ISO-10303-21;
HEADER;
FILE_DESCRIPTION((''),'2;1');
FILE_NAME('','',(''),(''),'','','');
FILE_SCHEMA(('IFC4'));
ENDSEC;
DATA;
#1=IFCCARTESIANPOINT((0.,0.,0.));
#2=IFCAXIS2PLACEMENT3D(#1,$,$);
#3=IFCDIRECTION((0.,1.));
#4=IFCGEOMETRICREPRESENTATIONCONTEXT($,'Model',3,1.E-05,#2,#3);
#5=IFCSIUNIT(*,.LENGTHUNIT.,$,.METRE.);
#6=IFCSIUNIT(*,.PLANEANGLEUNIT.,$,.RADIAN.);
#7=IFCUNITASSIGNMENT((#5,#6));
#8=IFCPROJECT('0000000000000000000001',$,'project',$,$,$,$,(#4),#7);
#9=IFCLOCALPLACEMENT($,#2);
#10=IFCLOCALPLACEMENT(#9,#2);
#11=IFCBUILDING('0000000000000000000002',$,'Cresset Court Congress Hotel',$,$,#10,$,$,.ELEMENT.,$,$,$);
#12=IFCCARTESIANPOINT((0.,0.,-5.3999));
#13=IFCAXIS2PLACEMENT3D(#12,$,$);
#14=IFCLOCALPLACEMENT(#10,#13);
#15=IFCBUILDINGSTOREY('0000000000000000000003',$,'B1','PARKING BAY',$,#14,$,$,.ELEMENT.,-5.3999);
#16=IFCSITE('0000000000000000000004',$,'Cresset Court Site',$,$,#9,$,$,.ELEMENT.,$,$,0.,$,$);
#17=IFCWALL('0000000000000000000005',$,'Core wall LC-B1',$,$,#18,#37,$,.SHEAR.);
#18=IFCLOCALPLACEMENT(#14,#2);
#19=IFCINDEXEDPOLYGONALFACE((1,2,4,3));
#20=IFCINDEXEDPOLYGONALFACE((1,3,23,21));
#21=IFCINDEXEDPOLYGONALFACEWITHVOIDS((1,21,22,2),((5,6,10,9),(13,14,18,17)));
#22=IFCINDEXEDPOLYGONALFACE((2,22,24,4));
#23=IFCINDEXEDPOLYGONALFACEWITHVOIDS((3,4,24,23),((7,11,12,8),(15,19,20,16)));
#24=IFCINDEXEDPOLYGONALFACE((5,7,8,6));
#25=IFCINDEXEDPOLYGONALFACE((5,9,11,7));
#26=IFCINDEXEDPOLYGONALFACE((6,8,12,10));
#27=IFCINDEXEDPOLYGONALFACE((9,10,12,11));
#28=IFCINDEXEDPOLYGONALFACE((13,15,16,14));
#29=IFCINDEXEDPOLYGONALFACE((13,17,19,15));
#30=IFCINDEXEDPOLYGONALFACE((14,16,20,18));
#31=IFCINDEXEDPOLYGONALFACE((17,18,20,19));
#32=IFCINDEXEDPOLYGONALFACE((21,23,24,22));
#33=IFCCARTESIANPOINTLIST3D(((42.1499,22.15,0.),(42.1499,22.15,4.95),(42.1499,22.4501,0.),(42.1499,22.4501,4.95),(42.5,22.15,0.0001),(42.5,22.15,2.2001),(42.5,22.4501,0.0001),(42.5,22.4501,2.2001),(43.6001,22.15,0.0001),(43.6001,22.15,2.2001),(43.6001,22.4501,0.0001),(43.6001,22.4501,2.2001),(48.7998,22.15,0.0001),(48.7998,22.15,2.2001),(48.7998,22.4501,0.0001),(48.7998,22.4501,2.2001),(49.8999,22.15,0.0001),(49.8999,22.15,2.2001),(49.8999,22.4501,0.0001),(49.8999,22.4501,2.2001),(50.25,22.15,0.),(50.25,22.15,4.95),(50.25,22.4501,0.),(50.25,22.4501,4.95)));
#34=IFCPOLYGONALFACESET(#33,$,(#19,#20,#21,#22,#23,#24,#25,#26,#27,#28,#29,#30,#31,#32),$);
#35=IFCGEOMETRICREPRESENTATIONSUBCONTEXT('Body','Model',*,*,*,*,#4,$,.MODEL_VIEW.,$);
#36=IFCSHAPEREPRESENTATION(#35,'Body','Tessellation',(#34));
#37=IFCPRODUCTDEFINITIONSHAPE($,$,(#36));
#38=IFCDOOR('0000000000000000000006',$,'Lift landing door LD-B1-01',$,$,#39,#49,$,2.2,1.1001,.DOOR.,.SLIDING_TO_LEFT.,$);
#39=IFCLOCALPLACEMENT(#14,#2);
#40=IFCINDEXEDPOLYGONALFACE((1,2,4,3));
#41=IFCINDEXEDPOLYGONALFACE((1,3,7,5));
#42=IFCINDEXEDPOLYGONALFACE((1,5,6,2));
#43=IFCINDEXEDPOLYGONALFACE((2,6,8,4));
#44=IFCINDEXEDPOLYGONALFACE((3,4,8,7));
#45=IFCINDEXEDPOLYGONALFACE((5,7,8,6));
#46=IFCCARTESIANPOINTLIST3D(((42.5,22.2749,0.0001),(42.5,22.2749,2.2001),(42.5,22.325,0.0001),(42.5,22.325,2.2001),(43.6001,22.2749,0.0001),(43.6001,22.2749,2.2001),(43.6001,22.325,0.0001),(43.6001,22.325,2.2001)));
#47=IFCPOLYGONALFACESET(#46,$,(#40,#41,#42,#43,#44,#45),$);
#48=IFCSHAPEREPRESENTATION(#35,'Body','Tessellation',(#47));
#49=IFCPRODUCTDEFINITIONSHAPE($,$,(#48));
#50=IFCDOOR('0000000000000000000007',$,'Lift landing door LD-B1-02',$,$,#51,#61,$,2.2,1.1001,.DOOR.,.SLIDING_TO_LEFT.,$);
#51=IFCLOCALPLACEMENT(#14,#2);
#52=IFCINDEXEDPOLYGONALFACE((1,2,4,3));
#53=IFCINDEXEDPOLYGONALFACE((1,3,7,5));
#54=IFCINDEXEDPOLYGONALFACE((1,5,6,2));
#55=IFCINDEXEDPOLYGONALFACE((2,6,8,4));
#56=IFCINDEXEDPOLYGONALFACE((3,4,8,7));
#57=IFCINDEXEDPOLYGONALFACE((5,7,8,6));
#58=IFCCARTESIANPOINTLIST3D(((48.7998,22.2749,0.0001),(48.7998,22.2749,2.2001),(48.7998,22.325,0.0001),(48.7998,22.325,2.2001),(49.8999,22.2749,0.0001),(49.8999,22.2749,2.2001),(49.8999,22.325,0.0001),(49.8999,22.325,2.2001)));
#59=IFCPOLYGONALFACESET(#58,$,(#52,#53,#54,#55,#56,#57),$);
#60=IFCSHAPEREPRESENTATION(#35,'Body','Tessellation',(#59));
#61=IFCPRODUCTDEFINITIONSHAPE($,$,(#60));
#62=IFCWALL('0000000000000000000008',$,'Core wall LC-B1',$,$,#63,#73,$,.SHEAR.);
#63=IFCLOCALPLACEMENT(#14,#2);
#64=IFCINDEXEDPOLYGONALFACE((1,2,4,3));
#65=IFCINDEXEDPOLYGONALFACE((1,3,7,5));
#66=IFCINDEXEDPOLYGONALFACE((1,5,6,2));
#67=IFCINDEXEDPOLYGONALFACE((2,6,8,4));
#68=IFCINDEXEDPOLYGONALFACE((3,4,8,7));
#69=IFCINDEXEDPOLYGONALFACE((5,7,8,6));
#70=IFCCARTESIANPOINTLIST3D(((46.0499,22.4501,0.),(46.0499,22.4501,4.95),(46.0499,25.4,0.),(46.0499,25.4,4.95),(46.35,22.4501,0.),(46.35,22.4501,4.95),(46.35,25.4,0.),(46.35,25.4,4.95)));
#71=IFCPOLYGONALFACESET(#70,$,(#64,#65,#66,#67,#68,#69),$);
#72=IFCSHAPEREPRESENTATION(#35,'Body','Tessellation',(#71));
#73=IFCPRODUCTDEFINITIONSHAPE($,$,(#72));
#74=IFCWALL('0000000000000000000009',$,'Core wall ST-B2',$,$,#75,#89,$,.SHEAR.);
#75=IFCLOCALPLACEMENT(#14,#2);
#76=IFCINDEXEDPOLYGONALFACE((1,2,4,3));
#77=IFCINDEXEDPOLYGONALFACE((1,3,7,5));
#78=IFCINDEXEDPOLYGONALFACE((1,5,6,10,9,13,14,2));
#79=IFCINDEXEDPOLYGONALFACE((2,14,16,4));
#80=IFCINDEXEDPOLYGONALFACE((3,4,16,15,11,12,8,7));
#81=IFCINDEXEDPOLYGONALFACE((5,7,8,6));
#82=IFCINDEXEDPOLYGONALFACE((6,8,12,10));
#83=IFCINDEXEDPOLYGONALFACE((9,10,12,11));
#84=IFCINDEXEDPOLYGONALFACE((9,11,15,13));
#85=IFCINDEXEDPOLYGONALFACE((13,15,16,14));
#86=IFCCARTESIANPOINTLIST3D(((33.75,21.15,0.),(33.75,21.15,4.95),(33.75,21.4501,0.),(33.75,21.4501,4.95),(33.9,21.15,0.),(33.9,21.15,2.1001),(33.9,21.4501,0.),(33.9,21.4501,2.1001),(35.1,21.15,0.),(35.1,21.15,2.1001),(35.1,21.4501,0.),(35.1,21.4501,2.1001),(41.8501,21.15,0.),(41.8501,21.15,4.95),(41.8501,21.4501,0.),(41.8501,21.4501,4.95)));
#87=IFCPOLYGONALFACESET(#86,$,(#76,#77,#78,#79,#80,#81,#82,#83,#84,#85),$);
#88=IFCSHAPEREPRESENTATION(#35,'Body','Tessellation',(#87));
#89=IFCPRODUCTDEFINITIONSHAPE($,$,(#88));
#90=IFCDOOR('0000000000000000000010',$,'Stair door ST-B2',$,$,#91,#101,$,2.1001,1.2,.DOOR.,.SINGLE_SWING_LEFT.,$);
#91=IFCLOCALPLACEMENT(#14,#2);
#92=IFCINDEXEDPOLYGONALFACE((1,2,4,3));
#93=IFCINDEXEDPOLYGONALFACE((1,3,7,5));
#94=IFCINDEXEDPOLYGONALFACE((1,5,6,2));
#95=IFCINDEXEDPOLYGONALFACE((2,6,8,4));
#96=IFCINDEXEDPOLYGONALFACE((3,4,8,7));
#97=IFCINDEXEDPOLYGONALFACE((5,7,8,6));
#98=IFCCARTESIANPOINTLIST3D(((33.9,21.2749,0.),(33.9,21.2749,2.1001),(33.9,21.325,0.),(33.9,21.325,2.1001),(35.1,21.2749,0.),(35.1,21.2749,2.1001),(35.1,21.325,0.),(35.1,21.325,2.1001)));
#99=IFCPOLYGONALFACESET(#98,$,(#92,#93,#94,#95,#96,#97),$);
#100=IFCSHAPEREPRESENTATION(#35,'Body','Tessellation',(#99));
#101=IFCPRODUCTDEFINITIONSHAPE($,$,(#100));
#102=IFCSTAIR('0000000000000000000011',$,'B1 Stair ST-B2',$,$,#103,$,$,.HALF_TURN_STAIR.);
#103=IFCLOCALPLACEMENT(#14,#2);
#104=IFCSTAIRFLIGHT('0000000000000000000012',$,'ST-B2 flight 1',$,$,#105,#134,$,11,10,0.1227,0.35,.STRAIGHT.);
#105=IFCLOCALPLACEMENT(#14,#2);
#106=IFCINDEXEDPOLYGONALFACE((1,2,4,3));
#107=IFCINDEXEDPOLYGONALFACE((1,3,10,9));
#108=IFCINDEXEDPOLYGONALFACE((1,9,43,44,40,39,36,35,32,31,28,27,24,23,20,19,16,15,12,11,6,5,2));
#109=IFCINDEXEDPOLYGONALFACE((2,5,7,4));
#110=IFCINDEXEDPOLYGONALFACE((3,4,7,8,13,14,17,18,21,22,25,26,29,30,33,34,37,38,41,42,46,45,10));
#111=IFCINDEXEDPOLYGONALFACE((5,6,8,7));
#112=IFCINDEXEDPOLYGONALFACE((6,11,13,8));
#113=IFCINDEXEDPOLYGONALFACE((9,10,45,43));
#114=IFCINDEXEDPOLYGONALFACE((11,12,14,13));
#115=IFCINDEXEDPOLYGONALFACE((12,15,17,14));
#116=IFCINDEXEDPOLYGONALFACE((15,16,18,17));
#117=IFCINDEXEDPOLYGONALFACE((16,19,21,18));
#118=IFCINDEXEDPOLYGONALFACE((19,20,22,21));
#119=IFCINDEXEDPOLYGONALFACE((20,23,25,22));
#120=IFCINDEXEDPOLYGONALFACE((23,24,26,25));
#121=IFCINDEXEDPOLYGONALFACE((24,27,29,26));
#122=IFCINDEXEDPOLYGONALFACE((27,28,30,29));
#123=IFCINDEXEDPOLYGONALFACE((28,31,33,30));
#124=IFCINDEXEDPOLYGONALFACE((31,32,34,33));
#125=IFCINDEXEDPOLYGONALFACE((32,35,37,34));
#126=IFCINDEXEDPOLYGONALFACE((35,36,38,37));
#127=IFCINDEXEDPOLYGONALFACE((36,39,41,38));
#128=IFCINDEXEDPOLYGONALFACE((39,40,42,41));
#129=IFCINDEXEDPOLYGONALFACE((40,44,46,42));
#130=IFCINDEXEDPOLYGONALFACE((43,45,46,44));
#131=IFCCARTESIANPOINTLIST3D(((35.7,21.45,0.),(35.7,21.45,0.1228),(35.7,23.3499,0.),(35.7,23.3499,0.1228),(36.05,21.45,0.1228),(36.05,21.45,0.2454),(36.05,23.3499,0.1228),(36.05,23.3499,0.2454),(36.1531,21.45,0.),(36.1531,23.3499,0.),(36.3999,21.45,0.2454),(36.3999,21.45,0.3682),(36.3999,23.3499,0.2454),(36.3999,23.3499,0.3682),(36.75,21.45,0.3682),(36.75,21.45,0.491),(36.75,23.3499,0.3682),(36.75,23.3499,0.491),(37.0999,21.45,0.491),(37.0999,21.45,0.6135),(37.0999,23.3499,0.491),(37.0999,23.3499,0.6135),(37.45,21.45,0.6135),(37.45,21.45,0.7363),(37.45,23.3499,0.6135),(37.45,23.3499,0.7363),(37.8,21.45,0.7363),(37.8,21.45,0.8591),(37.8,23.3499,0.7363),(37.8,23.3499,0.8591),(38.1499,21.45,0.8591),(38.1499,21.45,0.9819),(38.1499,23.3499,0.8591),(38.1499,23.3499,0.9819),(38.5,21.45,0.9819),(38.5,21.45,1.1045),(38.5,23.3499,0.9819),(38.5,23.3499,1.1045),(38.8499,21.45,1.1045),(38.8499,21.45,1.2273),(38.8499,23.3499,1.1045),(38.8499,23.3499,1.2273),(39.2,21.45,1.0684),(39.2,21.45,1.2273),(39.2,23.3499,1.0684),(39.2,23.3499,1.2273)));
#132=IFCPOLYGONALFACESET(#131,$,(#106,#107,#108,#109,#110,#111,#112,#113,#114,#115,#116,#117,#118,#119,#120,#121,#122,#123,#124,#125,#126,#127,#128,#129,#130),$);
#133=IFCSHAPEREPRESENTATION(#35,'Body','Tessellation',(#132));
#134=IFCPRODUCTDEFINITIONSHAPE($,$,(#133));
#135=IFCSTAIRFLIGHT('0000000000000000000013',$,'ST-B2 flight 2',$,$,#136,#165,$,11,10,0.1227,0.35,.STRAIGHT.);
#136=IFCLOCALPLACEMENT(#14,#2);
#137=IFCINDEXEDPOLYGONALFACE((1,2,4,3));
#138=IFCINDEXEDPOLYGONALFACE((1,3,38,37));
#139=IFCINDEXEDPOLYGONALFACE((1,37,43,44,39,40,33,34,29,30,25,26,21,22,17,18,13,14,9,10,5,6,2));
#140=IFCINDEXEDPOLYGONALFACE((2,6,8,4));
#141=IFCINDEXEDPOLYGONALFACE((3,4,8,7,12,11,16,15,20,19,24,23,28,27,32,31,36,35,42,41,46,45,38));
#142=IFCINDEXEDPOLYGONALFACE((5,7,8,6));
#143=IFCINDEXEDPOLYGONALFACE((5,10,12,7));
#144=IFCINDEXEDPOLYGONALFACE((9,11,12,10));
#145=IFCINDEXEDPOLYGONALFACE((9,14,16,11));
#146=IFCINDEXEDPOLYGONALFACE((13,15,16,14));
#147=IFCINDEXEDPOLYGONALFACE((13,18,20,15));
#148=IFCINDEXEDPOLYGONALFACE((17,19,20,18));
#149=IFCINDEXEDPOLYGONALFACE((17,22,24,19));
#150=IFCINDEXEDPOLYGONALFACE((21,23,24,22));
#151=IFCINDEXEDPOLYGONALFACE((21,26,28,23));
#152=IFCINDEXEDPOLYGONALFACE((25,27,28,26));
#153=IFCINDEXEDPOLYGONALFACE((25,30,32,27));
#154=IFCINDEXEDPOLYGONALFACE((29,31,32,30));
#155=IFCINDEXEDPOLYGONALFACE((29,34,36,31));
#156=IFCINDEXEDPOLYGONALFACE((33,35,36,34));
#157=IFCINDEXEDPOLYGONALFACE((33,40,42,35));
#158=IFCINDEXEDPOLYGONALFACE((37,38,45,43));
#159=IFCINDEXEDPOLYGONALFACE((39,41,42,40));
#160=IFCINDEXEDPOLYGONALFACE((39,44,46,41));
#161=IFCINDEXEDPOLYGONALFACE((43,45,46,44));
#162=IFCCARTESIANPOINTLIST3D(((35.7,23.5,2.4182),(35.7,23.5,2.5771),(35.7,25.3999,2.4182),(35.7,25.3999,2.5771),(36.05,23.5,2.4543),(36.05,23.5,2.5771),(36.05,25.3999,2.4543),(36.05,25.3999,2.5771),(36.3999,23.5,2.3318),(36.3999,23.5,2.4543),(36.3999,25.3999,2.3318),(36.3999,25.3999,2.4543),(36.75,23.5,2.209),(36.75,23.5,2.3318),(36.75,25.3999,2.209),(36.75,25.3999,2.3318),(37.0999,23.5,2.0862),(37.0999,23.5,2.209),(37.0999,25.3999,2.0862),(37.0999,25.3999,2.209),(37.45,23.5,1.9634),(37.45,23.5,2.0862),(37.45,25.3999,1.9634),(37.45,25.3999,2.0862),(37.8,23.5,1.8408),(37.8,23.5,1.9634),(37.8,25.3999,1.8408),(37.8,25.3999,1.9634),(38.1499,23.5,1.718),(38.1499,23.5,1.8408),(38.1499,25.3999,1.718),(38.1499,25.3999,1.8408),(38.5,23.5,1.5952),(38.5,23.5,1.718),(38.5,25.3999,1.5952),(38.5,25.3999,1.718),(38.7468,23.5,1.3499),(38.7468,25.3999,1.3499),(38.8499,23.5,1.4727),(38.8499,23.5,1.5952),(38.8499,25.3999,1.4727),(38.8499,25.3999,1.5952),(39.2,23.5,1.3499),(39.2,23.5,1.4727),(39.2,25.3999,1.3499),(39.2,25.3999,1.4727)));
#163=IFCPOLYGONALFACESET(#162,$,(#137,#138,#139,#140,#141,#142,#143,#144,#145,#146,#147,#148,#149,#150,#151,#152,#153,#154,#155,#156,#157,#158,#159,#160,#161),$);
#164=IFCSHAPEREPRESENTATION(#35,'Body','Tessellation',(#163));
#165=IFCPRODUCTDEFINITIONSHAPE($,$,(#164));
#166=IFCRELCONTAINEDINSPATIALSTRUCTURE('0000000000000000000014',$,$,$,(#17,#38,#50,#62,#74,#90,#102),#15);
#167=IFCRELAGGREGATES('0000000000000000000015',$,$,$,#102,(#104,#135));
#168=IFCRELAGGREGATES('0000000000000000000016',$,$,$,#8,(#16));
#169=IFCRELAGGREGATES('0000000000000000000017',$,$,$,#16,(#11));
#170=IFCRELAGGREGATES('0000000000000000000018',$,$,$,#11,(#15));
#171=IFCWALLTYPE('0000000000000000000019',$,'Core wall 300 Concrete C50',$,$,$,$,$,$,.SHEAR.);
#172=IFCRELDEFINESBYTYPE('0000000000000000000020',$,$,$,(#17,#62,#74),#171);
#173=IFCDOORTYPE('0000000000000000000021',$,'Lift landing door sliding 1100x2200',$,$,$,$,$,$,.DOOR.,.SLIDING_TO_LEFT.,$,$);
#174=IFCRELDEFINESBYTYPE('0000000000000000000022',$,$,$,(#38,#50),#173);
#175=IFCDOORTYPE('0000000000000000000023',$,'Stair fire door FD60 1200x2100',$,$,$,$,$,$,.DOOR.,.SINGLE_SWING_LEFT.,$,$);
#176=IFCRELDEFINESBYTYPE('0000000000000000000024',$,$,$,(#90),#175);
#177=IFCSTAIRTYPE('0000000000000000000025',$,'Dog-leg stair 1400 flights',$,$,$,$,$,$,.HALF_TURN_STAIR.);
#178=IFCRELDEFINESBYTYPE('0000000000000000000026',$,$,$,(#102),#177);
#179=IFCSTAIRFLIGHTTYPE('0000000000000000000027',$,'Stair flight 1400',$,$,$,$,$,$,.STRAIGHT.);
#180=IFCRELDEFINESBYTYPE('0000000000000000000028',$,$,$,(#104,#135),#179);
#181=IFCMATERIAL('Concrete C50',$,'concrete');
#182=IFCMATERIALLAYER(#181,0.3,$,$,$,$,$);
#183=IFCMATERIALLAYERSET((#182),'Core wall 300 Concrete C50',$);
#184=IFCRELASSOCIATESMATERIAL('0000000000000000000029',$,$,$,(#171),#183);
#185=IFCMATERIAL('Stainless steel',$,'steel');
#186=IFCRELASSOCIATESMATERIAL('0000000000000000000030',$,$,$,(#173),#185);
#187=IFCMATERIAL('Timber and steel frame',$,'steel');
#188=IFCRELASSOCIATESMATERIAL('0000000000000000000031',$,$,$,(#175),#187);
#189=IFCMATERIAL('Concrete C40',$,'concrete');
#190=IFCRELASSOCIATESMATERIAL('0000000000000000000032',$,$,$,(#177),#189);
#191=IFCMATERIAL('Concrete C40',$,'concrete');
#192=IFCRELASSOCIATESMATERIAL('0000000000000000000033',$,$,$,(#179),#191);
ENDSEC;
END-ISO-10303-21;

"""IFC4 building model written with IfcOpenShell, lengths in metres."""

from ifc_helpers import new_model, si_unit, direction, frame, frame_2d, origin, place, context, subcontext, project, spatial, polyline, rectangle, outline, extrude, material, layer, layer_set, type_object, element, fill, aggregate, save


model = new_model("IFC4")

# Units and contexts
model_context = context("Model", 3, precision=1e-05, world=origin(), true_north=direction((0.0, 1.0)))
body_context = subcontext(model_context, "Body", "Model", "MODEL_VIEW")
ifc_project = project(units=[si_unit("LENGTHUNIT", "METRE"), si_unit("PLANEANGLEUNIT", "RADIAN")], contexts=[model_context])

# Site, building, storey
site_placement = place(None, origin())
site = spatial("IfcSite", under=ifc_project, at=site_placement, Name="Cresset Court Site", CompositionType="ELEMENT", RefElevation=0.0)
building_placement = place(site_placement, origin())
building = spatial("IfcBuilding", under=site, at=building_placement, Name="Cresset Court Congress Hotel", CompositionType="ELEMENT")
storey_placement = place(building_placement, frame((0.0, 0.0, -5.3999)))
storey = spatial("IfcBuildingStorey", under=building, at=storey_placement, Name="B1", Description="PARKING BAY", CompositionType="ELEMENT", Elevation=-5.3999)

# Wall, openings, doors
ifc_material_1 = material(Name="Concrete C50", Category="concrete")
ifc_layer = layer(ifc_material_1, 0.3)
ifc_layer_set = layer_set([ifc_layer], Name="Core wall 300 Concrete C50")
wall_type = type_object("IfcWallType", Name="Core wall 300 Concrete C50", PredefinedType="SHEAR", material=ifc_layer_set)
wall_1_placement = place(storey_placement, frame((42.1499, 22.3, 0.0), z_axis=(0.0, 0.0, 1.0), x_axis=(1.0, 0.0, 0.0)))
wall_1 = element("IfcWall", 1, at=wall_1_placement, inside=storey, type_object=wall_type, Name="Core wall LC-B1", PredefinedType="SHEAR", context=body_context, shape_type="SweptSolid", body=[
    extrude(rectangle(XDim=8.1001, YDim=0.3, at=frame_2d((4.05, 0.0))), origin(), (0.0, 0.0, 1.0), 4.95),
])
opening_1_placement = place(wall_1_placement, frame((0.3501, 0.0, 0.0)))
opening_1 = element("IfcOpeningElement", 2, at=opening_1_placement, cuts=wall_1, PredefinedType="OPENING", context=body_context, shape_type="SweptSolid", body=[
    extrude(rectangle(XDim=1.1001, YDim=2.2, at=frame_2d((0.55, 1.1001))), frame((0.0, 0.1599, 0.0), z_axis=(0.0, -1.0, 0.0), x_axis=(1.0, 0.0, 0.0)), (0.0, 0.0, 1.0), 0.3201),
])
opening_2_placement = place(wall_1_placement, frame((6.6499, 0.0, 0.0)))
opening_2 = element("IfcOpeningElement", 3, at=opening_2_placement, cuts=wall_1, PredefinedType="OPENING", context=body_context, shape_type="SweptSolid", body=[
    extrude(rectangle(XDim=1.1001, YDim=2.2, at=frame_2d((0.55, 1.1001))), frame((0.0, 0.1599, 0.0), z_axis=(0.0, -1.0, 0.0), x_axis=(1.0, 0.0, 0.0)), (0.0, 0.0, 1.0), 0.3201),
])
ifc_material_2 = material(Name="Stainless steel", Category="steel")
door_type_1 = type_object("IfcDoorType", Name="Lift landing door sliding 1100x2200", OperationType="SLIDING_TO_LEFT", PredefinedType="DOOR", material=ifc_material_2)
door_1_placement = place(opening_1_placement, origin())
door_1 = element("IfcDoor", 4, at=door_1_placement, inside=storey, type_object=door_type_1, Name="Lift landing door LD-B1-01", OperationType="SLIDING_TO_LEFT", OverallHeight=2.2, OverallWidth=1.1001, PredefinedType="DOOR", context=body_context, shape_type="SweptSolid", body=[
    extrude(rectangle(XDim=1.1001, YDim=2.2, at=frame_2d((0.55, 1.1001))), frame((0.0, 0.0249, 0.0), z_axis=(0.0, -1.0, 0.0), x_axis=(1.0, 0.0, 0.0)), (0.0, 0.0, 1.0), 0.05),
])
fill(opening_1, door_1)
door_2_placement = place(opening_2_placement, origin())
door_2 = element("IfcDoor", 5, at=door_2_placement, inside=storey, type_object=door_type_1, Name="Lift landing door LD-B1-02", OperationType="SLIDING_TO_LEFT", OverallHeight=2.2, OverallWidth=1.1001, PredefinedType="DOOR", context=body_context, shape_type="SweptSolid", body=[
    extrude(rectangle(XDim=1.1001, YDim=2.2, at=frame_2d((0.55, 1.1001))), frame((0.0, 0.0249, 0.0), z_axis=(0.0, -1.0, 0.0), x_axis=(1.0, 0.0, 0.0)), (0.0, 0.0, 1.0), 0.05),
])
fill(opening_2, door_2)

# Wall
wall_2_placement = place(storey_placement, frame((46.2, 22.45, 0.0), z_axis=(0.0, 0.0, 1.0), x_axis=(0.0, 1.0, 0.0)))
element("IfcWall", 6, at=wall_2_placement, inside=storey, type_object=wall_type, Name="Core wall LC-B1", PredefinedType="SHEAR", context=body_context, shape_type="SweptSolid", body=[
    extrude(rectangle(XDim=2.95, YDim=0.3, at=frame_2d((1.4751, 0.0))), origin(), (0.0, 0.0, 1.0), 4.95),
])

# Wall, opening, door
wall_3_placement = place(storey_placement, frame((33.75, 21.3, 0.0), z_axis=(0.0, 0.0, 1.0), x_axis=(1.0, 0.0, 0.0)))
wall_3 = element("IfcWall", 7, at=wall_3_placement, inside=storey, type_object=wall_type, Name="Core wall ST-B2", PredefinedType="SHEAR", context=body_context, shape_type="SweptSolid", body=[
    extrude(rectangle(XDim=8.1001, YDim=0.3, at=frame_2d((4.05, 0.0))), origin(), (0.0, 0.0, 1.0), 4.95),
])
opening_3_placement = place(wall_3_placement, frame((0.1499, 0.0, 0.0)))
opening_3 = element("IfcOpeningElement", 8, at=opening_3_placement, cuts=wall_3, PredefinedType="OPENING", context=body_context, shape_type="SweptSolid", body=[
    extrude(rectangle(XDim=1.2, YDim=2.1001, at=frame_2d((0.6001, 1.05))), frame((0.0, 0.1599, 0.0), z_axis=(0.0, -1.0, 0.0), x_axis=(1.0, 0.0, 0.0)), (0.0, 0.0, 1.0), 0.3201),
])
ifc_material_3 = material(Name="Timber and steel frame", Category="steel")
door_type_2 = type_object("IfcDoorType", Name="Stair fire door FD60 1200x2100", OperationType="SINGLE_SWING_LEFT", PredefinedType="DOOR", material=ifc_material_3)
door_3_placement = place(opening_3_placement, origin())
door_3 = element("IfcDoor", 9, at=door_3_placement, inside=storey, type_object=door_type_2, Name="Stair door ST-B2", OperationType="SINGLE_SWING_LEFT", OverallHeight=2.1001, OverallWidth=1.2, PredefinedType="DOOR", context=body_context, shape_type="SweptSolid", body=[
    extrude(rectangle(XDim=1.2, YDim=2.1001, at=frame_2d((0.6001, 1.05))), frame((0.0, 0.0249, 0.0), z_axis=(0.0, -1.0, 0.0), x_axis=(1.0, 0.0, 0.0)), (0.0, 0.0, 1.0), 0.05),
])
fill(opening_3, door_3)

# Stair, stair flights
ifc_material_4 = material(Name="Concrete C40", Category="concrete")
stair_type = type_object("IfcStairType", Name="Dog-leg stair 1400 flights", PredefinedType="HALF_TURN_STAIR", material=ifc_material_4)
stair_placement = place(storey_placement, origin())
stair = element("IfcStair", 10, at=stair_placement, inside=storey, type_object=stair_type, Name="B1 Stair ST-B2", PredefinedType="HALF_TURN_STAIR")
ifc_material_5 = material(Name="Concrete C40", Category="concrete")
stair_flight_type = type_object("IfcStairFlightType", Name="Stair flight 1400", PredefinedType="STRAIGHT", material=ifc_material_5)
stair_flight_1_placement = place(storey_placement, frame((35.7, 22.3999, 0.0), z_axis=(0.0, 0.0, 1.0), x_axis=(1.0, 0.0, 0.0)))
stair_flight_1 = element("IfcStairFlight", 11, at=stair_flight_1_placement, type_object=stair_flight_type, Name="ST-B2 flight 1", NumberOfRisers=11, NumberOfTreads=10, PredefinedType="STRAIGHT", RiserHeight=0.1227, TreadLength=0.35, context=body_context, shape_type="SweptSolid", body=[
    extrude(outline(polyline([(0.0, 0.0), (0.0, 0.1228), (0.3501, 0.1228), (0.3501, 0.2454), (0.7, 0.2454), (0.7, 0.3682), (1.05, 0.3682), (1.05, 0.491), (1.3999, 0.491), (1.3999, 0.6135), (1.75, 0.6135), (1.75, 0.7363), (2.1001, 0.7363), (2.1001, 0.8591), (2.45, 0.8591), (2.45, 0.9819), (2.8, 0.9819), (2.8, 1.1045), (3.1499, 1.1045), (3.1499, 1.2273), (3.5, 1.2273), (3.5, 1.3501), (3.5, 1.0684), (0.4531, 0.0), (0.0, 0.0)])), frame((0.0, 0.95, 0.0), z_axis=(0.0, -1.0, 0.0), x_axis=(1.0, 0.0, 0.0)), (0.0, 0.0, 1.0), 1.8999),
])
stair_flight_2_placement = place(storey_placement, frame((39.2, 24.45, 1.3499), z_axis=(0.0, 0.0, 1.0), x_axis=(-1.0, 0.0, 0.0)))
stair_flight_2 = element("IfcStairFlight", 12, at=stair_flight_2_placement, type_object=stair_flight_type, Name="ST-B2 flight 2", NumberOfRisers=11, NumberOfTreads=10, PredefinedType="STRAIGHT", RiserHeight=0.1227, TreadLength=0.35, context=body_context, shape_type="SweptSolid", body=[
    extrude(outline(polyline([(0.0, 0.0), (0.0, 0.1228), (0.3501, 0.1228), (0.3501, 0.2454), (0.7, 0.2454), (0.7, 0.3682), (1.05, 0.3682), (1.05, 0.491), (1.3999, 0.491), (1.3999, 0.6135), (1.75, 0.6135), (1.75, 0.7363), (2.1001, 0.7363), (2.1001, 0.8591), (2.45, 0.8591), (2.45, 0.9819), (2.8, 0.9819), (2.8, 1.1045), (3.1499, 1.1045), (3.1499, 1.2273), (3.5, 1.2273), (3.5, 1.3501), (3.5, 1.0684), (0.4531, 0.0), (0.0, 0.0)])), frame((0.0, 0.95, 0.0), z_axis=(0.0, -1.0, 0.0), x_axis=(1.0, 0.0, 0.0)), (0.0, 0.0, 1.0), 1.8999),
])
aggregate(stair, [stair_flight_1, stair_flight_2])

save(model, "model.ifc")
